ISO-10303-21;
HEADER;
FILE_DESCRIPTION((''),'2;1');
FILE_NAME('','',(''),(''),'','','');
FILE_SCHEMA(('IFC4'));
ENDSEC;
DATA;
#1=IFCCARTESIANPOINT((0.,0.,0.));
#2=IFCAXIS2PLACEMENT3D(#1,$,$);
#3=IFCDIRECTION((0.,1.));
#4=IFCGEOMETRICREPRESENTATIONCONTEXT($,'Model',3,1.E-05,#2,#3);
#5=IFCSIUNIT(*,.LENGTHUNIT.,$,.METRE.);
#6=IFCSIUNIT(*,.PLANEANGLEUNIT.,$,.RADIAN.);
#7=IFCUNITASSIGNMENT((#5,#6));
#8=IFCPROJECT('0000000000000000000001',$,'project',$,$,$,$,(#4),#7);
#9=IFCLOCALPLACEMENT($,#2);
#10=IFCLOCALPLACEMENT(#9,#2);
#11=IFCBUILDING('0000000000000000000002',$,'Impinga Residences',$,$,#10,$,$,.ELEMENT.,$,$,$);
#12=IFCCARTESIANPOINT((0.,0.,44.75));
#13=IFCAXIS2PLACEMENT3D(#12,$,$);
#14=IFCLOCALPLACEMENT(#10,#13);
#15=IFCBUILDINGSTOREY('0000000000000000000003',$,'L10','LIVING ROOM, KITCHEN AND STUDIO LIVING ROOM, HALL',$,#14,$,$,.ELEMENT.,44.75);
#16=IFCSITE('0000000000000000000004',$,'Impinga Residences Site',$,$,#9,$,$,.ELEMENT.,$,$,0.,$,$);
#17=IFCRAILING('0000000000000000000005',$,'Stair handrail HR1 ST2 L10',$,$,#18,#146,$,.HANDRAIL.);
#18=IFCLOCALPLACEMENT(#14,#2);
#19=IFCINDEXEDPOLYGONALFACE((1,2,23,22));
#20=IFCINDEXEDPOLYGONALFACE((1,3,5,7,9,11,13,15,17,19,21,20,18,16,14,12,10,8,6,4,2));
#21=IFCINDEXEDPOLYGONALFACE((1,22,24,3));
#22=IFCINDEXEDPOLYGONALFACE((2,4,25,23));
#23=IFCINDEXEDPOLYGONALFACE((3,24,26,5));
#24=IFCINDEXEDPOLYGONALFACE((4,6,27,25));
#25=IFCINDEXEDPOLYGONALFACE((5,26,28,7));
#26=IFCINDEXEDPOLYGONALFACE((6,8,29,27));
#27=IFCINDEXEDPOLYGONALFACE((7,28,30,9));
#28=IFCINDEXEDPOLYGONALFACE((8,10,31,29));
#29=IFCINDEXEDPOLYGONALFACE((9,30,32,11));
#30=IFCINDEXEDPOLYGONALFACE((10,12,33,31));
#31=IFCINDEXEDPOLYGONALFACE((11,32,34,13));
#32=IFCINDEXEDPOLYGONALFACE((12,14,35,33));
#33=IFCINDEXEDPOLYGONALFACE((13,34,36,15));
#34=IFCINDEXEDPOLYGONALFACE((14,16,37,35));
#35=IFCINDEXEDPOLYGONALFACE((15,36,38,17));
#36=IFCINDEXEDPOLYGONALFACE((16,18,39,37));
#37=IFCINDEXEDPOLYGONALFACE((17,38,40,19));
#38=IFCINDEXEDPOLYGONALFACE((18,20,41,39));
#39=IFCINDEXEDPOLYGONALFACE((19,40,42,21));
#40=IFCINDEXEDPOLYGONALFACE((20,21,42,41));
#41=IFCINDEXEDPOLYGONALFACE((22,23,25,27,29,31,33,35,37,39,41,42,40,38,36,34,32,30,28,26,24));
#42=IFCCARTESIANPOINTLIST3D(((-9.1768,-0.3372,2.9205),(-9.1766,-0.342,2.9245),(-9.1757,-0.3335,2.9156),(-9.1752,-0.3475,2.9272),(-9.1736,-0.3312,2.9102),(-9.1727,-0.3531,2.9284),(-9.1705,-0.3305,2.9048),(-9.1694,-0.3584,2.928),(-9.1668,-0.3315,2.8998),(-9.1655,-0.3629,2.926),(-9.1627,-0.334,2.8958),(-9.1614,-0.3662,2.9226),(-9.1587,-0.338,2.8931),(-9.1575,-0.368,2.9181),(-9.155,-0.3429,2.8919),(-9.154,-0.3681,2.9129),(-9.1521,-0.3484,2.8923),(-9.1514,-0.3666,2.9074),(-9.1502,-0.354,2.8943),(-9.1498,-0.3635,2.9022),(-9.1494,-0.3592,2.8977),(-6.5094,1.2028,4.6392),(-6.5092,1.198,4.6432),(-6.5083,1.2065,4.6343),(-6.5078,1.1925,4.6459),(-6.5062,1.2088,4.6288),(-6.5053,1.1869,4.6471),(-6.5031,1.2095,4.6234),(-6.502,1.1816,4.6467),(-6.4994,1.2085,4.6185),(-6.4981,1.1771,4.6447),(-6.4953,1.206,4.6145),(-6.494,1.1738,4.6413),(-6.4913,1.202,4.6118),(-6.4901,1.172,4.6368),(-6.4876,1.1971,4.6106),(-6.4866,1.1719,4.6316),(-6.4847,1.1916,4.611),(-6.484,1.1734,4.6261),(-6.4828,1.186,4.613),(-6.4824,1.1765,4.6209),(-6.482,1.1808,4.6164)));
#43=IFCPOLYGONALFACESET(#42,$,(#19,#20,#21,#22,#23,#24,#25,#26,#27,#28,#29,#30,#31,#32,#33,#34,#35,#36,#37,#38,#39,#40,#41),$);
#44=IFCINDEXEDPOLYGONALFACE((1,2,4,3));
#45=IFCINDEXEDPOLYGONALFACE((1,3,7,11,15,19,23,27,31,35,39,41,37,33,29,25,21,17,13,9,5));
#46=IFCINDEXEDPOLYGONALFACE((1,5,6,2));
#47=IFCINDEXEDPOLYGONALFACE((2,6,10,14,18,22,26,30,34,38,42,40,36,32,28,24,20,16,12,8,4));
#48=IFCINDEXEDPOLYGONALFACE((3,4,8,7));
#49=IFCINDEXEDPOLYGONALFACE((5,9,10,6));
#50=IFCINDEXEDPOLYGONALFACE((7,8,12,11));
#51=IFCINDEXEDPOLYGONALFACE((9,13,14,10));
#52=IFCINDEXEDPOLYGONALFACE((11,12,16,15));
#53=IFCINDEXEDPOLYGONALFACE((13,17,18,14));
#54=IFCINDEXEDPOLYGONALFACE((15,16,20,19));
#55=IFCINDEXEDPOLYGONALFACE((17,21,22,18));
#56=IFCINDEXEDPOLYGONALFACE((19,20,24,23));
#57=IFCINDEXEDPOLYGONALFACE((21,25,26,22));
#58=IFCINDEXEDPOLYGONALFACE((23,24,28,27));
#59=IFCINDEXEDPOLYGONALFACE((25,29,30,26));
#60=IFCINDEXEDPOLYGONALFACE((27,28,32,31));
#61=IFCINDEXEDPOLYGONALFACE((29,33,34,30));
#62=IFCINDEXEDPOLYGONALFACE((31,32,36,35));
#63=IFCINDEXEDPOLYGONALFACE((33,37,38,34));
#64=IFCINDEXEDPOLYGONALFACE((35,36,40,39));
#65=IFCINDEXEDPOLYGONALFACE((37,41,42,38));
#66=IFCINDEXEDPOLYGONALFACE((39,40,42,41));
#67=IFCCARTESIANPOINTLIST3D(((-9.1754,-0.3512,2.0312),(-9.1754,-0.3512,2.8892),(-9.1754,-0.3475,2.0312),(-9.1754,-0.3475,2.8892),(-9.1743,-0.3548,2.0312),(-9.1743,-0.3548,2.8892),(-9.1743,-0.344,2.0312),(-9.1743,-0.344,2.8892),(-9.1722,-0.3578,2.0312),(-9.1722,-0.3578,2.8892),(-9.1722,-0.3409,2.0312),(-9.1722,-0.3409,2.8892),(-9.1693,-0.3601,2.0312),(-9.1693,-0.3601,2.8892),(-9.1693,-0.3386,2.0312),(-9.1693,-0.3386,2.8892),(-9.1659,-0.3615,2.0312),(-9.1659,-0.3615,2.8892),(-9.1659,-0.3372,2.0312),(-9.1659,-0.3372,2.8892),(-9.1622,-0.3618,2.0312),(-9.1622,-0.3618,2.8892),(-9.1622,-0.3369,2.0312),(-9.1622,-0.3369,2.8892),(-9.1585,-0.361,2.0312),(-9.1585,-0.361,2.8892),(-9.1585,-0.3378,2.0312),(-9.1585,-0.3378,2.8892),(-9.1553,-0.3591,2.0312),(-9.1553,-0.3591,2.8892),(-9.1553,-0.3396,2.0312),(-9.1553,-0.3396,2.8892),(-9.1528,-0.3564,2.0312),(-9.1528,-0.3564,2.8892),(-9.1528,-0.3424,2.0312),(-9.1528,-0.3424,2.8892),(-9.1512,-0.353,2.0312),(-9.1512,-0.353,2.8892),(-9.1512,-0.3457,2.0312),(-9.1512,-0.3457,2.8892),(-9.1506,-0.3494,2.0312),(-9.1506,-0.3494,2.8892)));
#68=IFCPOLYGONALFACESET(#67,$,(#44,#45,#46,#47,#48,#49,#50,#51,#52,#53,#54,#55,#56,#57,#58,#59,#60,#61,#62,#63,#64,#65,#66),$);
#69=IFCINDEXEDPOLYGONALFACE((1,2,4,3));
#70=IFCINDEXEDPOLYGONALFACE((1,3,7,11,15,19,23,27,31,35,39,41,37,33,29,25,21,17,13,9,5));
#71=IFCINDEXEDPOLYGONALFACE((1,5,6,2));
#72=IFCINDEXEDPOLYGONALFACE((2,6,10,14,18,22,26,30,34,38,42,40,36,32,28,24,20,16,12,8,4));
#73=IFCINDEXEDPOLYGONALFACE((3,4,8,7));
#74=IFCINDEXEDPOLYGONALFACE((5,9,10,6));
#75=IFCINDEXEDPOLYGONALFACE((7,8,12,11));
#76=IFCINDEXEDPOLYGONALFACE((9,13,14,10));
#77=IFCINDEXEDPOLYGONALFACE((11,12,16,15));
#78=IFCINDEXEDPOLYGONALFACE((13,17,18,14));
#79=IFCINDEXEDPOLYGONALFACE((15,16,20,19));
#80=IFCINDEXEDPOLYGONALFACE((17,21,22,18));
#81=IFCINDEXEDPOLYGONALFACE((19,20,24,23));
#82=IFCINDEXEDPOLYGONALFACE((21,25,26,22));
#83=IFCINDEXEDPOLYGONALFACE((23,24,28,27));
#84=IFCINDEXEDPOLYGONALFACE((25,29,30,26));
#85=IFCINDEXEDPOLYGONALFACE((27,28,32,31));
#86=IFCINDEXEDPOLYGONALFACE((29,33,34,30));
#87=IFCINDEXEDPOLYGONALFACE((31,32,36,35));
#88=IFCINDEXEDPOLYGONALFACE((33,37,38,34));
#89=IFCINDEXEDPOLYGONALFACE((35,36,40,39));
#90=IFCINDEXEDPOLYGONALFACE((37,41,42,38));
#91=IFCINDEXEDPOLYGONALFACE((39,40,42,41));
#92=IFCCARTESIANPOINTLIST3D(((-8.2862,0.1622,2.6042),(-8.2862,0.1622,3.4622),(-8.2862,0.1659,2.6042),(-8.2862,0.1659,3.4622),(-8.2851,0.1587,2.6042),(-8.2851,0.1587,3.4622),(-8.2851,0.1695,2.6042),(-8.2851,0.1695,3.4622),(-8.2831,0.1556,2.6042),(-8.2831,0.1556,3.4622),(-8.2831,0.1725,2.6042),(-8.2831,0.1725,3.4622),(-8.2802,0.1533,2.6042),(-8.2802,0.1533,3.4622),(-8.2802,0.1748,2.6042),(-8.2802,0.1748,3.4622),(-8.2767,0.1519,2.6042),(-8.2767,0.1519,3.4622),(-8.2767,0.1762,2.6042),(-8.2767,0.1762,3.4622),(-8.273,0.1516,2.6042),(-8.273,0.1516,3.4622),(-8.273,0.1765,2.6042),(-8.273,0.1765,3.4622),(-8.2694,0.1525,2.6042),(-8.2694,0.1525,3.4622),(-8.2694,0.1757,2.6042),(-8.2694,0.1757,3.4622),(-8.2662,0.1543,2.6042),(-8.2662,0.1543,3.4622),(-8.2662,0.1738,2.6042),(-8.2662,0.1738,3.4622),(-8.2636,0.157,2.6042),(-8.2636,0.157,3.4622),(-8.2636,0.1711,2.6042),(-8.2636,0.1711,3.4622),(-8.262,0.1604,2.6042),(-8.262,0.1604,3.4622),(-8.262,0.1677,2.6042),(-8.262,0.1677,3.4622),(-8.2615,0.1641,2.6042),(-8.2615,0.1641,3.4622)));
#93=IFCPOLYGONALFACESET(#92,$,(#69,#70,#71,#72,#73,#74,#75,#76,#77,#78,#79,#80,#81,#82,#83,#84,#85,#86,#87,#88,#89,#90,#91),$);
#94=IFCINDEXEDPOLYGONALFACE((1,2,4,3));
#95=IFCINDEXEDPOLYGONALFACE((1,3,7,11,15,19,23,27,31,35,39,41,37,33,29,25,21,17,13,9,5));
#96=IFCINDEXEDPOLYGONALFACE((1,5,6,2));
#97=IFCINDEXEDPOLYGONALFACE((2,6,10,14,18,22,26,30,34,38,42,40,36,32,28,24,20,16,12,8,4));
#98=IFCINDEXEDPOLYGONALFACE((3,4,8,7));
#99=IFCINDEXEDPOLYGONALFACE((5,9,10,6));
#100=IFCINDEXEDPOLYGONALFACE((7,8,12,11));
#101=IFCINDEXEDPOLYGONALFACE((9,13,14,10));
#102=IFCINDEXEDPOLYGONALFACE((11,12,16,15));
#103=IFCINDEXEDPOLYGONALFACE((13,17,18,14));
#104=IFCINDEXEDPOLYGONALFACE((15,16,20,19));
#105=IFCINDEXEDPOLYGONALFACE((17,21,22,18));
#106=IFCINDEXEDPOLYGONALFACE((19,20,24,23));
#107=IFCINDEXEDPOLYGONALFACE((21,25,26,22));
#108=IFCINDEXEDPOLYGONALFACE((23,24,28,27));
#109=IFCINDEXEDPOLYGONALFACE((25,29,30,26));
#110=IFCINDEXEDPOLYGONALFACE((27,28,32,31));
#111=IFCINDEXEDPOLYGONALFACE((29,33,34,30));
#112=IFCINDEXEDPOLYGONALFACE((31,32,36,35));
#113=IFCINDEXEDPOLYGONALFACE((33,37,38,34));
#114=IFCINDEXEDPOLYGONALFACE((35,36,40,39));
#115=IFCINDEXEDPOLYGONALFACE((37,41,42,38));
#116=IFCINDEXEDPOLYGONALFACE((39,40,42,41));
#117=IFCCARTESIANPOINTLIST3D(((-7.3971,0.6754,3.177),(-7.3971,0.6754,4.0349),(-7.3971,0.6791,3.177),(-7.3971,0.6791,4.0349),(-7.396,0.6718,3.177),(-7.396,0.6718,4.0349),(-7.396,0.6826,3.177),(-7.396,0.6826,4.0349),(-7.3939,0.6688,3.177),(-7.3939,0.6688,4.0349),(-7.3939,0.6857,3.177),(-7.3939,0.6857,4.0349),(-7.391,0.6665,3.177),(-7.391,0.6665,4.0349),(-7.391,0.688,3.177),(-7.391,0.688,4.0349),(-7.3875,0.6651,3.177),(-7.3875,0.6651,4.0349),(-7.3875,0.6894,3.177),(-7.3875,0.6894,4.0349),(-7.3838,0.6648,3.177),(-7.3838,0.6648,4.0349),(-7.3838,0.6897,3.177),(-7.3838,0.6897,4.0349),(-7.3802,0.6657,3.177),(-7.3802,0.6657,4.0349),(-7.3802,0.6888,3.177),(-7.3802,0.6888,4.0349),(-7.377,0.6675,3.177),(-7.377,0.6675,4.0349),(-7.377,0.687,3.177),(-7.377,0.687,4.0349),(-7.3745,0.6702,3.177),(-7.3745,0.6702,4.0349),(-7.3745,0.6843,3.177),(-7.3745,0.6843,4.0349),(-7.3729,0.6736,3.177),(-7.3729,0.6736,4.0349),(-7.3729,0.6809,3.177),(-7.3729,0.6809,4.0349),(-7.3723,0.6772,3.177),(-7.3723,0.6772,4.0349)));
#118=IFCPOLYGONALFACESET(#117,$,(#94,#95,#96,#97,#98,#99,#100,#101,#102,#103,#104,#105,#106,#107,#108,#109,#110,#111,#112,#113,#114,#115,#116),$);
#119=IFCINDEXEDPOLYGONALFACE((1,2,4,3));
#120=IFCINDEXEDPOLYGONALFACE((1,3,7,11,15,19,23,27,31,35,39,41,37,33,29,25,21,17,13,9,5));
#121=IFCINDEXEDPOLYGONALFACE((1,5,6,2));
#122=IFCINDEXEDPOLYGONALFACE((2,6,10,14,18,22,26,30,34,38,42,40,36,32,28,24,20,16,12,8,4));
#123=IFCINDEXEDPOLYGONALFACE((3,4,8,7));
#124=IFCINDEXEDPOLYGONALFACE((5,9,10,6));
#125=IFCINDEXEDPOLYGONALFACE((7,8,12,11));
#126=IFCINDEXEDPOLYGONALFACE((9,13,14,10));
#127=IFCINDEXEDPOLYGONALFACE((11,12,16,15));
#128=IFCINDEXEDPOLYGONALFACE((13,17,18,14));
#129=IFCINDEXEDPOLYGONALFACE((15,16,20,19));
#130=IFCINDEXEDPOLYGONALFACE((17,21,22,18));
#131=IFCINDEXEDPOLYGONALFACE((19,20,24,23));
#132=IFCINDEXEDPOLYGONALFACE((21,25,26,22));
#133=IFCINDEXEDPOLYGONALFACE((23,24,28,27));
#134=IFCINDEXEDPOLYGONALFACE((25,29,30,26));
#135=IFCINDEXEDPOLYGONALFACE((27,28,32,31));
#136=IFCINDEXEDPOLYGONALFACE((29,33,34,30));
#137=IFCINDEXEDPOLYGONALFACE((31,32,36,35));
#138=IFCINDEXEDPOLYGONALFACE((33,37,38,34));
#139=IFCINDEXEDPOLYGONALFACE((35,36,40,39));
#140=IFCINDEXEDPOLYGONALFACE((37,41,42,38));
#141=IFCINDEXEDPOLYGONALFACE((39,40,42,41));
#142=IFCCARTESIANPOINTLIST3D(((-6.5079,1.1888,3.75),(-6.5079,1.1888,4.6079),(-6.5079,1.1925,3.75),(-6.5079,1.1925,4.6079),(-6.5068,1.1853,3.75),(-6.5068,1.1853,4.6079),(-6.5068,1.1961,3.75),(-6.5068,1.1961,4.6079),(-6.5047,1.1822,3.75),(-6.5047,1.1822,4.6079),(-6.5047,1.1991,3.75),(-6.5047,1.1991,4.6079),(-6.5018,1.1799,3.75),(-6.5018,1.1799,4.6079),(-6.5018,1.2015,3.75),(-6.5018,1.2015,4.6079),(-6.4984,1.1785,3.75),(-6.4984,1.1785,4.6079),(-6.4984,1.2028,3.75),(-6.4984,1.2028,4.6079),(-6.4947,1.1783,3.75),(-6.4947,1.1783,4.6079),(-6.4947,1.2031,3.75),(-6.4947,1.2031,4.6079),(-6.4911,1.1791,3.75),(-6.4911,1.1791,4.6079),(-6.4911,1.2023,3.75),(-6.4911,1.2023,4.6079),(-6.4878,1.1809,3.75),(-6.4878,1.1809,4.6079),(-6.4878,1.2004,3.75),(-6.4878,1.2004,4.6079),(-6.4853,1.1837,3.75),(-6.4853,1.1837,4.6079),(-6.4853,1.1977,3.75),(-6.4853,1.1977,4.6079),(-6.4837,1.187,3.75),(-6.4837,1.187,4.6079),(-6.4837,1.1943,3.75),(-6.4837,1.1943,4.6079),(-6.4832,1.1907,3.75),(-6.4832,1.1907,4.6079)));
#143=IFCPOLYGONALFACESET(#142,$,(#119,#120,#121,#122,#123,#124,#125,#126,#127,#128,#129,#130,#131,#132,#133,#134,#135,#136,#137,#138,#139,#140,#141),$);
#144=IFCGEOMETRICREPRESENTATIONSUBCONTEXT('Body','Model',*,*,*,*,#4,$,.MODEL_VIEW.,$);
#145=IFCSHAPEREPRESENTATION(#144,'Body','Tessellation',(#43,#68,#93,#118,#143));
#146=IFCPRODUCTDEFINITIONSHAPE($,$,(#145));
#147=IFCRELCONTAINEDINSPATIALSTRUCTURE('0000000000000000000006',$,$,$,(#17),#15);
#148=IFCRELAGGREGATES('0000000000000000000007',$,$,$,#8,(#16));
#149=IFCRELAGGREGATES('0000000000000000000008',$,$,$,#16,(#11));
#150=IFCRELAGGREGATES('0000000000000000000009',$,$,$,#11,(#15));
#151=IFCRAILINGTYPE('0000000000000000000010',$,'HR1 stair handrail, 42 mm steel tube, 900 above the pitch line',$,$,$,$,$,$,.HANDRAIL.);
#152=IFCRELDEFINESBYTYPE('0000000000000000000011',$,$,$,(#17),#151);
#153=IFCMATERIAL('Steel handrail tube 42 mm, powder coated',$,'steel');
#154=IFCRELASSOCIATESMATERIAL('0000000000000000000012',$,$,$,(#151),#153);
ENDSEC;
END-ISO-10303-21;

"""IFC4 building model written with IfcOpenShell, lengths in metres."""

from ifc_helpers import new_model, si_unit, direction, frame, origin, origin_2d, place, context, subcontext, project, spatial, circle, extrude, material, type_object, element, save


model = new_model("IFC4")

# Units and contexts
model_context = context("Model", 3, precision=1e-05, world=origin(), true_north=direction((0.0, 1.0)))
body_context = subcontext(model_context, "Body", "Model", "MODEL_VIEW")
ifc_project = project(units=[si_unit("LENGTHUNIT", "METRE"), si_unit("PLANEANGLEUNIT", "RADIAN")], contexts=[model_context])

# Site, building, storey
site_placement = place(None, origin())
site = spatial("IfcSite", under=ifc_project, at=site_placement, Name="Impinga Residences Site", CompositionType="ELEMENT", RefElevation=0.0)
building_placement = place(site_placement, origin())
building = spatial("IfcBuilding", under=site, at=building_placement, Name="Impinga Residences", CompositionType="ELEMENT")
storey_placement = place(building_placement, frame((0.0, 0.0, 44.75)))
storey = spatial("IfcBuildingStorey", under=building, at=storey_placement, Name="L10", Description="LIVING ROOM, KITCHEN AND STUDIO LIVING ROOM, HALL", CompositionType="ELEMENT", Elevation=44.75)

# Railing
ifc_material_1 = material(Name="Steel handrail tube 42 mm, powder coated", Category="steel")
railing_type = type_object("IfcRailingType", Name="HR1 stair handrail, 42 mm steel tube, 900 above the pitch line", PredefinedType="HANDRAIL", material=ifc_material_1)
railing_placement = place(storey_placement, frame((-9.1631, -0.3494, 2.0312)))
element("IfcRailing", 1, at=railing_placement, inside=storey, type_object=railing_type, Name="Stair handrail HR1 ST2 L10", PredefinedType="HANDRAIL", context=body_context, shape_type="SweptSolid", body=[
    extrude(circle(Radius=0.021, at=origin_2d()), frame((0.0, 0.0, 0.8789), z_axis=(0.756256, 0.436616, 0.487282), x_axis=(-0.499992, 0.86603, 0.0)), (0.0, 0.0, 1.0), 3.5271),
    extrude(circle(Radius=0.0125, at=origin_2d()), origin(), (0.0, 0.0, 1.0), 0.8579),
    extrude(circle(Radius=0.0125, at=origin_2d()), frame((0.8892, 0.5134, 0.573)), (0.0, 0.0, 1.0), 0.8579),
    extrude(circle(Radius=0.0125, at=origin_2d()), frame((1.7783, 1.0266, 1.1458)), (0.0, 0.0, 1.0), 0.8579),
    extrude(circle(Radius=0.0125, at=origin_2d()), frame((2.6675, 1.54, 1.7188)), (0.0, 0.0, 1.0), 0.8579),
])

save(model, "model.ifc")
